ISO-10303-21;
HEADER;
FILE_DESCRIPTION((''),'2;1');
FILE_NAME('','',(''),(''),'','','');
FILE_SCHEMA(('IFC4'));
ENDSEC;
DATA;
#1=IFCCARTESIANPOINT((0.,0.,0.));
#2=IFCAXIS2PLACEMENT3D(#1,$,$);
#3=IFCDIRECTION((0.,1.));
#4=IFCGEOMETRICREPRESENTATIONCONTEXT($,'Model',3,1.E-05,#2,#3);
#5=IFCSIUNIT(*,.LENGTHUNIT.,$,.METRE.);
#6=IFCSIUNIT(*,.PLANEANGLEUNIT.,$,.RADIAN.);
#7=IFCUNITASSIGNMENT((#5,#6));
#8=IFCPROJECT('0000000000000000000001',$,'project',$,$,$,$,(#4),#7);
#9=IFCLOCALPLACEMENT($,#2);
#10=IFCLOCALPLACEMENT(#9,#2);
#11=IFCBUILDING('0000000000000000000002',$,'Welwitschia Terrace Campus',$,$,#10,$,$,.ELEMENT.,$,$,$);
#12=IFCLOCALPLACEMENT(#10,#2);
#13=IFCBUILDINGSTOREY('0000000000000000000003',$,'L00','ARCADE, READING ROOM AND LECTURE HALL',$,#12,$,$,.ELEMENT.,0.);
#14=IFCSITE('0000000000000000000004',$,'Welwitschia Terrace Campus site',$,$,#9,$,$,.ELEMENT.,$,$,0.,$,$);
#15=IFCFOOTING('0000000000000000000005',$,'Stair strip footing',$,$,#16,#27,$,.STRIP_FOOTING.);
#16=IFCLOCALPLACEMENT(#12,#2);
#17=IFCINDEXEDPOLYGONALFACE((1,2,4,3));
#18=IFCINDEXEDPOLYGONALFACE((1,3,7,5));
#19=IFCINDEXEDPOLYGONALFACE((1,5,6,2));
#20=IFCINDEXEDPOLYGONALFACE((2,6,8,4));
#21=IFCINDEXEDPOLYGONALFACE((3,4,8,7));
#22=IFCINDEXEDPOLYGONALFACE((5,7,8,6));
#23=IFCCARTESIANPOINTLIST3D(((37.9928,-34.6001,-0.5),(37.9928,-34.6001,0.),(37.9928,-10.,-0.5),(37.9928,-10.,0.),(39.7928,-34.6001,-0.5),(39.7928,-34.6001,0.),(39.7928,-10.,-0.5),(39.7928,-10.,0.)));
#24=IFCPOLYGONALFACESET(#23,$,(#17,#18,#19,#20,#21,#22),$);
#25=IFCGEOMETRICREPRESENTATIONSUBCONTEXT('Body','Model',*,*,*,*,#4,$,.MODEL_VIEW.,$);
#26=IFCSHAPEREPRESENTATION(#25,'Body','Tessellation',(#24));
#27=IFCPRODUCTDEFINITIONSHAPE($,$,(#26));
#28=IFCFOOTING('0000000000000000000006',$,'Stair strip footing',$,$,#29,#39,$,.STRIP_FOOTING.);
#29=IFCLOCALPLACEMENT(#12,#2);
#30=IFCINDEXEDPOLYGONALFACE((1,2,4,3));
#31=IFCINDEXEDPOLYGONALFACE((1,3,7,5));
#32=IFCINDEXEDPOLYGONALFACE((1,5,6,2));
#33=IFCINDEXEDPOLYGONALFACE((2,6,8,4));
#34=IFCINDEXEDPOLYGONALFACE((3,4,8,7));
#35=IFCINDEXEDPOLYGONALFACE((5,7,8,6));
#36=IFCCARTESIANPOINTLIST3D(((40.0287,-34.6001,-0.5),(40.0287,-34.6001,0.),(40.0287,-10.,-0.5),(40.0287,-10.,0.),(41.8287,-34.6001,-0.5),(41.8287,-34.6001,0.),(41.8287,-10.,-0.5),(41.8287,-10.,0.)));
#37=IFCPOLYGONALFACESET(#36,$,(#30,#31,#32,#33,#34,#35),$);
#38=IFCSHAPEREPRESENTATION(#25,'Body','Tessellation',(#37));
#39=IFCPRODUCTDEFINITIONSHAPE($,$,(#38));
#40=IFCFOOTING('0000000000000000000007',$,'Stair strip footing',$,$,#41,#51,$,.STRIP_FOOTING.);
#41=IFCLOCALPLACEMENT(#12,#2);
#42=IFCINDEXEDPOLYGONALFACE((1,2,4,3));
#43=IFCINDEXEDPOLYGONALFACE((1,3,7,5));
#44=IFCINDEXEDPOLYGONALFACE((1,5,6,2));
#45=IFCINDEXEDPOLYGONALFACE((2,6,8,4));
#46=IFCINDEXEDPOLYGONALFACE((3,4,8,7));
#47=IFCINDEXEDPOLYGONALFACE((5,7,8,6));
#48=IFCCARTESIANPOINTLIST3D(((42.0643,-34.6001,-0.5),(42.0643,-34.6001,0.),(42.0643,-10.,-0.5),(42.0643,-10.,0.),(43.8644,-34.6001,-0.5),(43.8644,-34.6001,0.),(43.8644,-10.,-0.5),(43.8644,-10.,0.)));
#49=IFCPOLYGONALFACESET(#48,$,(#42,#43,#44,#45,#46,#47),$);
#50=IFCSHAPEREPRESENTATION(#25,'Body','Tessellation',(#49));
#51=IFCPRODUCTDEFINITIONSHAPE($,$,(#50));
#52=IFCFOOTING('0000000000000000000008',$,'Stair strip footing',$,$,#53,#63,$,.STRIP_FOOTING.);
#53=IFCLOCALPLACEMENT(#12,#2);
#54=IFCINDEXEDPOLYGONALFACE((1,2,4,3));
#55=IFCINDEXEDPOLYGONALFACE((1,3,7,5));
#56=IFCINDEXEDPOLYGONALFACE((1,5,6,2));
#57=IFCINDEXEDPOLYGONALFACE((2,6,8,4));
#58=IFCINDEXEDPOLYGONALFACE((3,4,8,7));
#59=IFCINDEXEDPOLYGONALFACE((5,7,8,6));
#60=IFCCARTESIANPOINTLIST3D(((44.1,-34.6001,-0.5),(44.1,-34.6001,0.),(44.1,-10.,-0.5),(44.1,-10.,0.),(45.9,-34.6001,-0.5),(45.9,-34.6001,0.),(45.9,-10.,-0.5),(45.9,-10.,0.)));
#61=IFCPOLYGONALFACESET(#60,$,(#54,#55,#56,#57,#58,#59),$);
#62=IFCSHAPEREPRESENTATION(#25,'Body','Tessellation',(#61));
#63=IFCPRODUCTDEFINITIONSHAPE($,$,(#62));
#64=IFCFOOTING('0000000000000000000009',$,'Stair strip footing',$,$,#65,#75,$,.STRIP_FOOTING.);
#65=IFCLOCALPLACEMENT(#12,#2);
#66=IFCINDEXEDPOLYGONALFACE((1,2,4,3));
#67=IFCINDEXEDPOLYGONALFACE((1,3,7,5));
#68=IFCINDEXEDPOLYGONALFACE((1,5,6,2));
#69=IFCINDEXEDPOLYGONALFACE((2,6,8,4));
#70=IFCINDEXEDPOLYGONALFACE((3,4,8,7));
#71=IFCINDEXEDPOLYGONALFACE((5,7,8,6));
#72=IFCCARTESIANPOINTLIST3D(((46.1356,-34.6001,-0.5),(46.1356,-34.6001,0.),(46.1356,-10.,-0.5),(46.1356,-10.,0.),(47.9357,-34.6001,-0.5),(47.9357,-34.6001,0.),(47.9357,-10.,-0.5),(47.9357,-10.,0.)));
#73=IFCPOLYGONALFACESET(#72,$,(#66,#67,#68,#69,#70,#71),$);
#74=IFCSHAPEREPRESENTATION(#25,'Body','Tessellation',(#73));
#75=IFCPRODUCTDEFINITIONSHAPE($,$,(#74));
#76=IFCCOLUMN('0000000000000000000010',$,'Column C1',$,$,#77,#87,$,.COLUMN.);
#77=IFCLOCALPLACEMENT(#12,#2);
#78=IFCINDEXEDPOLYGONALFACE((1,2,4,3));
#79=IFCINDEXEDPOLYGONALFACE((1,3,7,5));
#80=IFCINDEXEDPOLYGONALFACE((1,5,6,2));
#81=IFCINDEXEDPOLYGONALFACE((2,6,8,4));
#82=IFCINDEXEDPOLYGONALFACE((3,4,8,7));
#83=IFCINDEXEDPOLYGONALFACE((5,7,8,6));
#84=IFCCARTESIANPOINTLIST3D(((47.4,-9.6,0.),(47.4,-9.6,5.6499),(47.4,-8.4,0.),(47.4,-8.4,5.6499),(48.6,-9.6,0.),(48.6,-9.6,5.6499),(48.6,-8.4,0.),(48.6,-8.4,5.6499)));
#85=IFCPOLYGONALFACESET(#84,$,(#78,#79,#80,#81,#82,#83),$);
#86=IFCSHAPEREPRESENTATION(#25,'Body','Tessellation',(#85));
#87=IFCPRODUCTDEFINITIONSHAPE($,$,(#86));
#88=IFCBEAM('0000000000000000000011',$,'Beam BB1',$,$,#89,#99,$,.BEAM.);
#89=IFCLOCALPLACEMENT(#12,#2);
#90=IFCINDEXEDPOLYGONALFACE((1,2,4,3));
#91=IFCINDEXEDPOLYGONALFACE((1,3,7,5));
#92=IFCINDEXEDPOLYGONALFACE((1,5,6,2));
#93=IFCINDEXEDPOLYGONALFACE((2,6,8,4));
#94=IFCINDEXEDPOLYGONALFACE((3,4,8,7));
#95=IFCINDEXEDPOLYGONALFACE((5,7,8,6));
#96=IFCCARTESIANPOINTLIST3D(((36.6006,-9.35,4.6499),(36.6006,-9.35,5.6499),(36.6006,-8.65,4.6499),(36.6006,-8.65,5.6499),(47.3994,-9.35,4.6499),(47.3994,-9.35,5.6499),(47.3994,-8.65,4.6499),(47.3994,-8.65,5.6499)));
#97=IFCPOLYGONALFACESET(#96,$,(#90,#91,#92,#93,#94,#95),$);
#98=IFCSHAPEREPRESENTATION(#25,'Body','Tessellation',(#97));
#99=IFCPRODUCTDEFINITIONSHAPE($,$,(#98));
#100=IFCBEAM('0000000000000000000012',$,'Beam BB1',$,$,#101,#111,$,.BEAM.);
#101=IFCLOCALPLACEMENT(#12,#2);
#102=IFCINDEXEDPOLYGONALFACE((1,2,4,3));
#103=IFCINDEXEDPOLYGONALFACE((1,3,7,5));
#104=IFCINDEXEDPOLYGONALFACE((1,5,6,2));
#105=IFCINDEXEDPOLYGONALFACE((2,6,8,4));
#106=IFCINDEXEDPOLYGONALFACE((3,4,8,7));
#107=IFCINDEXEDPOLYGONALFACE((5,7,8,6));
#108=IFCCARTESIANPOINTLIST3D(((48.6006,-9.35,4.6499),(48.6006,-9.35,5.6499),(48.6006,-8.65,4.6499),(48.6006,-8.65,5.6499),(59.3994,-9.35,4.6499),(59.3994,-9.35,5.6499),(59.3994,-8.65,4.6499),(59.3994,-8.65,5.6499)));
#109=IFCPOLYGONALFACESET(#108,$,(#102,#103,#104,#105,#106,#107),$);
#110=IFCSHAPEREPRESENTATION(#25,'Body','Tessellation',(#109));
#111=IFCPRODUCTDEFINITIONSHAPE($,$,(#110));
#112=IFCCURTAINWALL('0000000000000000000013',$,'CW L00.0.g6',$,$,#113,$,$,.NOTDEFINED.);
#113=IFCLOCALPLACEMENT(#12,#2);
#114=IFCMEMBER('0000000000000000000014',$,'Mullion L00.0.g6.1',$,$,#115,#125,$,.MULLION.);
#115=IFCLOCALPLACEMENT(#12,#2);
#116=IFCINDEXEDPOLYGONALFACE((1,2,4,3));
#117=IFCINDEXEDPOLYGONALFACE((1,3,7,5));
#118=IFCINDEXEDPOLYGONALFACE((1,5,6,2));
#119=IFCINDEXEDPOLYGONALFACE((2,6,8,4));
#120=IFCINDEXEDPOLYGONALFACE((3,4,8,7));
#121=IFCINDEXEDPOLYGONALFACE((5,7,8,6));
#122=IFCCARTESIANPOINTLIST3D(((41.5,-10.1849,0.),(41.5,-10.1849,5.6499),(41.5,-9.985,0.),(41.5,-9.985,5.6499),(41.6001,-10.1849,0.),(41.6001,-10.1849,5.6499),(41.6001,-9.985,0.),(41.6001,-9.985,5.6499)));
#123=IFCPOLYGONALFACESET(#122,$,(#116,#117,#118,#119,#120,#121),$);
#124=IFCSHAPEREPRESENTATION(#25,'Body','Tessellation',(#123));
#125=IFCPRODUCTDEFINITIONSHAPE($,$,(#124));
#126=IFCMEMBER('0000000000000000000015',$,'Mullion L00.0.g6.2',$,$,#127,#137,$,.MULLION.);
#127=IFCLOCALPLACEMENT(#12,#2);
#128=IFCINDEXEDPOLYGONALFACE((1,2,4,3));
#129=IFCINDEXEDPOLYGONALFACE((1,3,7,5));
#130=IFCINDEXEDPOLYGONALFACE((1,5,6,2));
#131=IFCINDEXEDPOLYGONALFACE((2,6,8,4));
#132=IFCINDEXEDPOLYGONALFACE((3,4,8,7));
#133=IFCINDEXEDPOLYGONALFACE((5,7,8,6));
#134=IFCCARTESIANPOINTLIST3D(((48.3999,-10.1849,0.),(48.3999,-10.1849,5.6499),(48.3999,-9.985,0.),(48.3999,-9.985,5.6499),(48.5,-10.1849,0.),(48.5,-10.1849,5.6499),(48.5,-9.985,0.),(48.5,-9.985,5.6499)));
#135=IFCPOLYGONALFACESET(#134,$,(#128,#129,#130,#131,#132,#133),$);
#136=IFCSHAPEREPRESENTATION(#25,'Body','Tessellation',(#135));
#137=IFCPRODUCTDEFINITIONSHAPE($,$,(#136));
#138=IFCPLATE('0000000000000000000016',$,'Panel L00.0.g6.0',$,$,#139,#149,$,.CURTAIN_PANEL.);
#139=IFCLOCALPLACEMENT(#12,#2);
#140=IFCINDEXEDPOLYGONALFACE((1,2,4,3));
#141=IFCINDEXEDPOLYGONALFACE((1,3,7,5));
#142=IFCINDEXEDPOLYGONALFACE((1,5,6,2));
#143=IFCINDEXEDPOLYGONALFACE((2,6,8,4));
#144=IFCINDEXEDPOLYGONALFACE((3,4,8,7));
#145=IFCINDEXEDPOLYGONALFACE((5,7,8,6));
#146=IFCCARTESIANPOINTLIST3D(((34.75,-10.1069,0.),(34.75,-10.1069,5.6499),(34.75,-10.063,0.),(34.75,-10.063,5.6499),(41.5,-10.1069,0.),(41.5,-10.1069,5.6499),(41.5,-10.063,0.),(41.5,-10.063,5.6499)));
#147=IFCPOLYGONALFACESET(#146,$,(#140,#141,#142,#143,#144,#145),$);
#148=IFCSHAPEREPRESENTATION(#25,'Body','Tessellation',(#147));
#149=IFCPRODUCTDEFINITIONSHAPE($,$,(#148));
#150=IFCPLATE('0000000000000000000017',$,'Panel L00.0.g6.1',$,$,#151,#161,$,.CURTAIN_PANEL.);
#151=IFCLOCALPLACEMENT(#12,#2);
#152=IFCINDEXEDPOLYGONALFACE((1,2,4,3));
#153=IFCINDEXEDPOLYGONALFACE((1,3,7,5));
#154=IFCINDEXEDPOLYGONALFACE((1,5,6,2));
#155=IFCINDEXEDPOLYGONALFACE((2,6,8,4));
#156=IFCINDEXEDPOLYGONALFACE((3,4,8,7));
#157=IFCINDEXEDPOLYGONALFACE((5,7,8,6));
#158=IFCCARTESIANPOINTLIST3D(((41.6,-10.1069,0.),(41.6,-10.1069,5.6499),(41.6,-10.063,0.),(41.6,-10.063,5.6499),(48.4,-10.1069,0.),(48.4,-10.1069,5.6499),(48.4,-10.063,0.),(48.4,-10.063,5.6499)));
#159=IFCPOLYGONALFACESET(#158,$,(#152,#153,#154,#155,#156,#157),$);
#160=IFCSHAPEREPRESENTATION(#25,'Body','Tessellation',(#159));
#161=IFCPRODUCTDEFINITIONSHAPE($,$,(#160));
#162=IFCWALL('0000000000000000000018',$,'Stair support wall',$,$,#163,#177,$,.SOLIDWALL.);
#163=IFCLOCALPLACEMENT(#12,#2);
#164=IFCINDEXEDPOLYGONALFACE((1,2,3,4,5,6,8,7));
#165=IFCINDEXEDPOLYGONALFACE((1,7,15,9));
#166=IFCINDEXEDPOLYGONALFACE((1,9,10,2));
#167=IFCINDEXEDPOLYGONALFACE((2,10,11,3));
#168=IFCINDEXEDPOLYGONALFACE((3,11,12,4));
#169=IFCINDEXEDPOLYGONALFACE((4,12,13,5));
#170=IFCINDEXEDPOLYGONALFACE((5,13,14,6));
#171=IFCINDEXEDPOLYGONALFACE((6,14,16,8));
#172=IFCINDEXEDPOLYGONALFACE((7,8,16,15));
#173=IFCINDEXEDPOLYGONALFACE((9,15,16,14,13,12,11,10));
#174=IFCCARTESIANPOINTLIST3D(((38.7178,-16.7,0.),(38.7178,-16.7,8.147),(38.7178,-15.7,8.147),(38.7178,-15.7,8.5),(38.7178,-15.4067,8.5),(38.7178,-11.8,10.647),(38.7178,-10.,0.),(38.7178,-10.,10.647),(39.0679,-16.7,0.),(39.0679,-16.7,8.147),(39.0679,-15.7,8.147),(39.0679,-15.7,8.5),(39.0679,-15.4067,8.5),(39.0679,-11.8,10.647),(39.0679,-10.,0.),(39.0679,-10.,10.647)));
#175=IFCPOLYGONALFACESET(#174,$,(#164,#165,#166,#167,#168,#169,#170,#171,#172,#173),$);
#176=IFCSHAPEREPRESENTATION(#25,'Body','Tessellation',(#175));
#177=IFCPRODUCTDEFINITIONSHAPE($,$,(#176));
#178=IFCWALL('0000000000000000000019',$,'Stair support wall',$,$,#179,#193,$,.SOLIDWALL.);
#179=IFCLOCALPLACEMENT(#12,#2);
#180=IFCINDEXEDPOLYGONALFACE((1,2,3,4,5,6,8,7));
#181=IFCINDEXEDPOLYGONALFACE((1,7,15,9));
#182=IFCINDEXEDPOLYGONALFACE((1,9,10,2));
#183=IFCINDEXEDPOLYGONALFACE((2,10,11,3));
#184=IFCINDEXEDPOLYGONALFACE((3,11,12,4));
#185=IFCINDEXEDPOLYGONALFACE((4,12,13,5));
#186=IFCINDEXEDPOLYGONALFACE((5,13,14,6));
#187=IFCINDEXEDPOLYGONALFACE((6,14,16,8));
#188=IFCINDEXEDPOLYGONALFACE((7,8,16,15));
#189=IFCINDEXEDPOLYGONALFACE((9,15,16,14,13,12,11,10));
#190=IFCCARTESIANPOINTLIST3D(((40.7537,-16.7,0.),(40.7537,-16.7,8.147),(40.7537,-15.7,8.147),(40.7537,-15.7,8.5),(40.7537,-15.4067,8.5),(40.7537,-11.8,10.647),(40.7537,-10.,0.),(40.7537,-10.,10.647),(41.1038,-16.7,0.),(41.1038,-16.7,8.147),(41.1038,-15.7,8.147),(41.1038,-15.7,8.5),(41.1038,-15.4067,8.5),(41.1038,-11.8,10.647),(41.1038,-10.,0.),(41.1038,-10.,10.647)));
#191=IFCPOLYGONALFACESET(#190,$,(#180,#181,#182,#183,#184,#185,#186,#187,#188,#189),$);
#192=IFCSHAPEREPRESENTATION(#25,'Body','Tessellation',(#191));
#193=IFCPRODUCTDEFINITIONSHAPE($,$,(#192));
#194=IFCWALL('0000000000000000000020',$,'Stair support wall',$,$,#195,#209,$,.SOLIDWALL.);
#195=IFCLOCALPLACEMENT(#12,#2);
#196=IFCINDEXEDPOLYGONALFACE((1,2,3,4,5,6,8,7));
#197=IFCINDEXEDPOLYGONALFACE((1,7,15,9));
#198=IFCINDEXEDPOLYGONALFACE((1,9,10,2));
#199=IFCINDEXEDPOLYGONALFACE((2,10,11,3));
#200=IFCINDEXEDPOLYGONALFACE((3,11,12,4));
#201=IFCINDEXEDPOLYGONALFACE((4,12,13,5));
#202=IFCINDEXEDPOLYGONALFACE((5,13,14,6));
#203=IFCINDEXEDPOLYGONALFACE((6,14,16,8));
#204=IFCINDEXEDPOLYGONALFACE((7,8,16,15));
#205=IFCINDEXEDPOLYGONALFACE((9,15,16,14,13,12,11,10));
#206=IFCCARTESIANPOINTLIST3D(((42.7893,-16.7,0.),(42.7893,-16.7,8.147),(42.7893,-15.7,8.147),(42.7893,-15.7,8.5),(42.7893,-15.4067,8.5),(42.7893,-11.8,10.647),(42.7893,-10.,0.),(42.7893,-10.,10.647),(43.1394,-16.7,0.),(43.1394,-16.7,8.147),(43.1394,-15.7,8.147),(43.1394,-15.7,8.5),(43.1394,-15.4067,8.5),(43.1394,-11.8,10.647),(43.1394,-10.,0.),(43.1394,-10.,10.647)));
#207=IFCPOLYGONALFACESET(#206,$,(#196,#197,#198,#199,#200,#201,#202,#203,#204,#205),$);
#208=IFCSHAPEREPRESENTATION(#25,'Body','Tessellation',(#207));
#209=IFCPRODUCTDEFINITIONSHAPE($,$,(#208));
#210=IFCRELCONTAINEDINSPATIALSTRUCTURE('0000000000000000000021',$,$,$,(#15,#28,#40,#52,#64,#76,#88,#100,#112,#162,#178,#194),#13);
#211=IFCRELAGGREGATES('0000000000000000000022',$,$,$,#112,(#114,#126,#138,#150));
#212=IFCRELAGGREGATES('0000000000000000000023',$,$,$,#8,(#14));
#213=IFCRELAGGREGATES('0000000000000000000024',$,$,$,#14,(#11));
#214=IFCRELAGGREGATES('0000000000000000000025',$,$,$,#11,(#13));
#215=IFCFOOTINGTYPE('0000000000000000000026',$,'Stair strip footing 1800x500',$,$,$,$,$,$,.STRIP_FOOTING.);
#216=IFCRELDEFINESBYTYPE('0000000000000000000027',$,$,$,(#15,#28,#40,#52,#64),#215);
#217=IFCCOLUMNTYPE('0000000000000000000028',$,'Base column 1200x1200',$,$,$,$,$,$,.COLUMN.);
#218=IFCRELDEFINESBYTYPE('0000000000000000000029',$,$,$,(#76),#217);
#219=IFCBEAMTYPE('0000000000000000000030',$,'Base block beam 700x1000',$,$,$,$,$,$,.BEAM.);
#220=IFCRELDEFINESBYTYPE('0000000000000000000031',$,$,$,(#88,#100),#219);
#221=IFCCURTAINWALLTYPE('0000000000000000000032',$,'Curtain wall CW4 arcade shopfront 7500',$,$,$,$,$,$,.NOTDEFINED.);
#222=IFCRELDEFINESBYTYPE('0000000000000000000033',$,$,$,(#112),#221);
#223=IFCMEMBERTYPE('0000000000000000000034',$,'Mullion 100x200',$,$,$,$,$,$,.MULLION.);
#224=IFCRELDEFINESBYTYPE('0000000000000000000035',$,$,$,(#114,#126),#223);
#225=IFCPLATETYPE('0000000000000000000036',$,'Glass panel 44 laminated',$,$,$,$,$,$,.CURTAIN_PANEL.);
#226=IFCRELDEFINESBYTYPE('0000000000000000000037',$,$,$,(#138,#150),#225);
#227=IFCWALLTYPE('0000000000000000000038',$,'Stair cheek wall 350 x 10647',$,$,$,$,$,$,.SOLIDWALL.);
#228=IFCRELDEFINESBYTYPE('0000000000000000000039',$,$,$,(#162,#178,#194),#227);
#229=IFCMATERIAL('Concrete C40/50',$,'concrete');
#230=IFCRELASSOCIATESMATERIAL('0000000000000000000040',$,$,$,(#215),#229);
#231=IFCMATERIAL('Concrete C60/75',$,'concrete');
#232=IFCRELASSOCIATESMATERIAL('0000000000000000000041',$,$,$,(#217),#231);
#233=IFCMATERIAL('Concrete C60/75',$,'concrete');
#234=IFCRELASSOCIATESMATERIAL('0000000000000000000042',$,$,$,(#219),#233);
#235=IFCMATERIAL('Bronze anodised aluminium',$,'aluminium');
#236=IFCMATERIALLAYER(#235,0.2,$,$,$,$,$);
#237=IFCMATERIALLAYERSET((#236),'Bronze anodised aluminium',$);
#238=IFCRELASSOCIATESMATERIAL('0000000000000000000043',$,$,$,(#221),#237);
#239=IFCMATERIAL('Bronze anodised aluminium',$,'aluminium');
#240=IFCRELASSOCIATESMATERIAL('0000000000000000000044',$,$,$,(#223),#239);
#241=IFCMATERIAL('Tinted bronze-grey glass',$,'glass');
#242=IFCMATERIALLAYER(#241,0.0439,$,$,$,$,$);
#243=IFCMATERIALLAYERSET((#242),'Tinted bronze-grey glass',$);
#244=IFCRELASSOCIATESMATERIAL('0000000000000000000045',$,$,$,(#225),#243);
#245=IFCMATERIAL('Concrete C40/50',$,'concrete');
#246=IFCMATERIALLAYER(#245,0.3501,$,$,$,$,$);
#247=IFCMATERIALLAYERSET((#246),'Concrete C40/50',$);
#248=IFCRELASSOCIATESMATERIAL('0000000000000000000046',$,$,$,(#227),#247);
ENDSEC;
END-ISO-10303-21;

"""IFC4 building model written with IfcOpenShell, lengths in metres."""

from ifc_helpers import new_model, si_unit, direction, frame, origin, origin_2d, place, context, subcontext, project, spatial, polyline, rectangle, outline, extrude, material, layer, layer_set, material_profile, profile_set, type_object, element, aggregate, save


model = new_model("IFC4")

# Units and contexts
model_context = context("Model", 3, precision=1e-05, world=origin(), true_north=direction((0.0, 1.0)))
body_context = subcontext(model_context, "Body", "Model", "MODEL_VIEW")
ifc_project = project(units=[si_unit("LENGTHUNIT", "METRE"), si_unit("PLANEANGLEUNIT", "RADIAN")], contexts=[model_context])

# Site, building, storey
site_placement = place(None, origin())
site = spatial("IfcSite", under=ifc_project, at=site_placement, Name="Welwitschia Terrace Campus site", CompositionType="ELEMENT", RefElevation=0.0)
building_placement = place(site_placement, origin())
building = spatial("IfcBuilding", under=site, at=building_placement, Name="Welwitschia Terrace Campus", CompositionType="ELEMENT")
storey_placement = place(building_placement, origin())
storey = spatial("IfcBuildingStorey", under=building, at=storey_placement, Name="L00", Description="ARCADE, READING ROOM AND LECTURE HALL", CompositionType="ELEMENT", Elevation=0.0)

# Footings
ifc_material_1 = material(Name="Concrete C40/50", Category="concrete")
footing_type = type_object("IfcFootingType", Name="Stair strip footing 1800x500", PredefinedType="STRIP_FOOTING", material=ifc_material_1)
for number, where, z_axis, x_axis, name in (
    (1, (38.8928, -22.3, -0.5), (0.0, 0.0, 1.0), (1.0, 0.0, 0.0), "Stair strip footing"),
    (2, (40.9287, -22.3, -0.5), (0.0, 0.0, 1.0), (1.0, 0.0, 0.0), "Stair strip footing"),
    (3, (42.9644, -22.3, -0.5), (0.0, 0.0, 1.0), (1.0, 0.0, 0.0), "Stair strip footing"),
    (4, (45.0, -22.3, -0.5), (0.0, 0.0, 1.0), (1.0, 0.0, 0.0), "Stair strip footing"),
    (5, (47.0356, -22.3, -0.5), (0.0, 0.0, 1.0), (1.0, 0.0, 0.0), "Stair strip footing"),
):
    element("IfcFooting", number, at=place(storey_placement, frame(where, z_axis=z_axis, x_axis=x_axis)), inside=storey, type_object=footing_type, Name=name, PredefinedType="STRIP_FOOTING", context=body_context, shape_type="SweptSolid", body=[
        extrude(rectangle(XDim=1.8, YDim=24.6001, at=origin_2d()), origin(), (0.0, 0.0, 1.0), 0.5),
    ])

# Column
ifc_material_2 = material(Name="Concrete C60/75", Category="concrete")
ifc_material_profile_1 = material_profile(ifc_material_2, rectangle(XDim=1.2, YDim=1.2, at=origin_2d()))
ifc_profile_set_1 = profile_set([ifc_material_profile_1], Name="Concrete C60/75")
column_type = type_object("IfcColumnType", Name="Base column 1200x1200", PredefinedType="COLUMN", material=ifc_profile_set_1)
column_placement = place(storey_placement, frame((48.0, -9.0, 0.0), z_axis=(0.0, 0.0, 1.0), x_axis=(1.0, 0.0, 0.0)))
element("IfcColumn", 6, at=column_placement, inside=storey, type_object=column_type, Name="Column C1", PredefinedType="COLUMN", context=body_context, shape_type="SweptSolid", body=[
    extrude(rectangle(XDim=1.2, YDim=1.2, at=origin_2d()), origin(), (0.0, 0.0, 1.0), 5.6499),
])

# Beams
ifc_material_3 = material(Name="Concrete C60/75", Category="concrete")
ifc_material_profile_2 = material_profile(ifc_material_3, rectangle(XDim=0.7, YDim=1.0, at=origin_2d()))
ifc_profile_set_2 = profile_set([ifc_material_profile_2], Name="Concrete C60/75")
beam_type = type_object("IfcBeamType", Name="Base block beam 700x1000", PredefinedType="BEAM", material=ifc_profile_set_2)
for number, where, z_axis, x_axis, name in (
    (7, (36.6006, -9.0, 5.1499), (1.0, 0.0, 0.0), (0.0, 1.0, 0.0), "Beam BB1"),
    (8, (48.6006, -9.0, 5.1499), (1.0, 0.0, 0.0), (0.0, 1.0, 0.0), "Beam BB1"),
):
    element("IfcBeam", number, at=place(storey_placement, frame(where, z_axis=z_axis, x_axis=x_axis)), inside=storey, type_object=beam_type, Name=name, PredefinedType="BEAM", context=body_context, shape_type="SweptSolid", body=[
        extrude(rectangle(XDim=0.7, YDim=1.0, at=origin_2d()), origin(), (0.0, 0.0, 1.0), 10.7988),
    ])

# Curtain wall, members, plates
ifc_material_4 = material(Name="Bronze anodised aluminium", Category="aluminium")
ifc_layer_1 = layer(ifc_material_4, 0.2)
ifc_layer_set_1 = layer_set([ifc_layer_1], Name="Bronze anodised aluminium")
curtain_wall_type = type_object("IfcCurtainWallType", Name="Curtain wall CW4 arcade shopfront 7500", PredefinedType="NOTDEFINED", material=ifc_layer_set_1)
curtain_wall_placement = place(storey_placement, origin())
curtain_wall = element("IfcCurtainWall", 9, at=curtain_wall_placement, inside=storey, type_object=curtain_wall_type, Name="CW L00.0.g6", PredefinedType="NOTDEFINED")
ifc_material_5 = material(Name="Bronze anodised aluminium", Category="aluminium")
ifc_material_profile_3 = material_profile(ifc_material_5, rectangle(XDim=0.2, YDim=0.1001, at=origin_2d()))
ifc_profile_set_3 = profile_set([ifc_material_profile_3], Name="Bronze anodised aluminium")
member_type = type_object("IfcMemberType", Name="Mullion 100x200", PredefinedType="MULLION", material=ifc_profile_set_3)
member_1_placement = place(storey_placement, frame((41.55, -10.085, 0.0), z_axis=(0.0, 0.0, 1.0), x_axis=(0.0, 1.0, 0.0)))
member_1 = element("IfcMember", 10, at=member_1_placement, type_object=member_type, Name="Mullion L00.0.g6.1", PredefinedType="MULLION", context=body_context, shape_type="SweptSolid", body=[
    extrude(rectangle(XDim=0.2, YDim=0.1001, at=origin_2d()), origin(), (0.0, 0.0, 1.0), 5.6499),
])
member_2_placement = place(storey_placement, frame((48.45, -10.085, 0.0), z_axis=(0.0, 0.0, 1.0), x_axis=(0.0, 1.0, 0.0)))
member_2 = element("IfcMember", 11, at=member_2_placement, type_object=member_type, Name="Mullion L00.0.g6.2", PredefinedType="MULLION", context=body_context, shape_type="SweptSolid", body=[
    extrude(rectangle(XDim=0.2, YDim=0.1001, at=origin_2d()), origin(), (0.0, 0.0, 1.0), 5.6499),
])
ifc_material_6 = material(Name="Tinted bronze-grey glass", Category="glass")
ifc_layer_2 = layer(ifc_material_6, 0.0439)
ifc_layer_set_2 = layer_set([ifc_layer_2], Name="Tinted bronze-grey glass")
plate_type = type_object("IfcPlateType", Name="Glass panel 44 laminated", PredefinedType="CURTAIN_PANEL", material=ifc_layer_set_2)
plate_1_placement = place(storey_placement, frame((38.125, -10.085, 0.0), z_axis=(0.0, 0.0, 1.0), x_axis=(1.0, 0.0, 0.0)))
plate_1 = element("IfcPlate", 12, at=plate_1_placement, type_object=plate_type, Name="Panel L00.0.g6.0", PredefinedType="CURTAIN_PANEL", context=body_context, shape_type="SweptSolid", body=[
    extrude(rectangle(XDim=6.75, YDim=0.0439, at=origin_2d()), origin(), (0.0, 0.0, 1.0), 5.6499),
])
plate_2_placement = place(storey_placement, frame((45.0, -10.085, 0.0), z_axis=(0.0, 0.0, 1.0), x_axis=(1.0, 0.0, 0.0)))
plate_2 = element("IfcPlate", 13, at=plate_2_placement, type_object=plate_type, Name="Panel L00.0.g6.1", PredefinedType="CURTAIN_PANEL", context=body_context, shape_type="SweptSolid", body=[
    extrude(rectangle(XDim=6.8, YDim=0.0439, at=origin_2d()), origin(), (0.0, 0.0, 1.0), 5.6499),
])
aggregate(curtain_wall, [member_1, member_2, plate_1, plate_2])

# Walls
ifc_material_7 = material(Name="Concrete C40/50", Category="concrete")
ifc_layer_3 = layer(ifc_material_7, 0.3501)
ifc_layer_set_3 = layer_set([ifc_layer_3], Name="Concrete C40/50")
wall_type_1 = type_object("IfcWallType", Name="Stair cheek wall 350 x 10647", PredefinedType="SOLIDWALL", material=ifc_layer_set_3)
for number, where, z_axis, x_axis, name in (
    (14, (38.8928, -16.7, 0.0), (0.0, 0.0, 1.0), (0.0, 1.0, 0.0), "Stair support wall"),
    (15, (40.9287, -16.7, 0.0), (0.0, 0.0, 1.0), (0.0, 1.0, 0.0), "Stair support wall"),
    (16, (42.9644, -16.7, 0.0), (0.0, 0.0, 1.0), (0.0, 1.0, 0.0), "Stair support wall"),
):
    element("IfcWall", number, at=place(storey_placement, frame(where, z_axis=z_axis, x_axis=x_axis)), inside=storey, type_object=wall_type_1, Name=name, PredefinedType="SOLIDWALL", context=body_context, shape_type="SweptSolid", body=[
        extrude(outline(polyline([(0.0, 0.0), (6.7, 0.0), (6.7, 10.647), (4.8999, 10.647), (1.2932, 8.5), (1.0, 8.5), (1.0, 8.147), (0.0, 8.147), (0.0, 0.0)])), frame((0.0, 0.175, 0.0), z_axis=(0.0, -1.0, 0.0), x_axis=(1.0, 0.0, 0.0)), (0.0, 0.0, 1.0), 0.3501),
    ])

save(model, "model.ifc")
